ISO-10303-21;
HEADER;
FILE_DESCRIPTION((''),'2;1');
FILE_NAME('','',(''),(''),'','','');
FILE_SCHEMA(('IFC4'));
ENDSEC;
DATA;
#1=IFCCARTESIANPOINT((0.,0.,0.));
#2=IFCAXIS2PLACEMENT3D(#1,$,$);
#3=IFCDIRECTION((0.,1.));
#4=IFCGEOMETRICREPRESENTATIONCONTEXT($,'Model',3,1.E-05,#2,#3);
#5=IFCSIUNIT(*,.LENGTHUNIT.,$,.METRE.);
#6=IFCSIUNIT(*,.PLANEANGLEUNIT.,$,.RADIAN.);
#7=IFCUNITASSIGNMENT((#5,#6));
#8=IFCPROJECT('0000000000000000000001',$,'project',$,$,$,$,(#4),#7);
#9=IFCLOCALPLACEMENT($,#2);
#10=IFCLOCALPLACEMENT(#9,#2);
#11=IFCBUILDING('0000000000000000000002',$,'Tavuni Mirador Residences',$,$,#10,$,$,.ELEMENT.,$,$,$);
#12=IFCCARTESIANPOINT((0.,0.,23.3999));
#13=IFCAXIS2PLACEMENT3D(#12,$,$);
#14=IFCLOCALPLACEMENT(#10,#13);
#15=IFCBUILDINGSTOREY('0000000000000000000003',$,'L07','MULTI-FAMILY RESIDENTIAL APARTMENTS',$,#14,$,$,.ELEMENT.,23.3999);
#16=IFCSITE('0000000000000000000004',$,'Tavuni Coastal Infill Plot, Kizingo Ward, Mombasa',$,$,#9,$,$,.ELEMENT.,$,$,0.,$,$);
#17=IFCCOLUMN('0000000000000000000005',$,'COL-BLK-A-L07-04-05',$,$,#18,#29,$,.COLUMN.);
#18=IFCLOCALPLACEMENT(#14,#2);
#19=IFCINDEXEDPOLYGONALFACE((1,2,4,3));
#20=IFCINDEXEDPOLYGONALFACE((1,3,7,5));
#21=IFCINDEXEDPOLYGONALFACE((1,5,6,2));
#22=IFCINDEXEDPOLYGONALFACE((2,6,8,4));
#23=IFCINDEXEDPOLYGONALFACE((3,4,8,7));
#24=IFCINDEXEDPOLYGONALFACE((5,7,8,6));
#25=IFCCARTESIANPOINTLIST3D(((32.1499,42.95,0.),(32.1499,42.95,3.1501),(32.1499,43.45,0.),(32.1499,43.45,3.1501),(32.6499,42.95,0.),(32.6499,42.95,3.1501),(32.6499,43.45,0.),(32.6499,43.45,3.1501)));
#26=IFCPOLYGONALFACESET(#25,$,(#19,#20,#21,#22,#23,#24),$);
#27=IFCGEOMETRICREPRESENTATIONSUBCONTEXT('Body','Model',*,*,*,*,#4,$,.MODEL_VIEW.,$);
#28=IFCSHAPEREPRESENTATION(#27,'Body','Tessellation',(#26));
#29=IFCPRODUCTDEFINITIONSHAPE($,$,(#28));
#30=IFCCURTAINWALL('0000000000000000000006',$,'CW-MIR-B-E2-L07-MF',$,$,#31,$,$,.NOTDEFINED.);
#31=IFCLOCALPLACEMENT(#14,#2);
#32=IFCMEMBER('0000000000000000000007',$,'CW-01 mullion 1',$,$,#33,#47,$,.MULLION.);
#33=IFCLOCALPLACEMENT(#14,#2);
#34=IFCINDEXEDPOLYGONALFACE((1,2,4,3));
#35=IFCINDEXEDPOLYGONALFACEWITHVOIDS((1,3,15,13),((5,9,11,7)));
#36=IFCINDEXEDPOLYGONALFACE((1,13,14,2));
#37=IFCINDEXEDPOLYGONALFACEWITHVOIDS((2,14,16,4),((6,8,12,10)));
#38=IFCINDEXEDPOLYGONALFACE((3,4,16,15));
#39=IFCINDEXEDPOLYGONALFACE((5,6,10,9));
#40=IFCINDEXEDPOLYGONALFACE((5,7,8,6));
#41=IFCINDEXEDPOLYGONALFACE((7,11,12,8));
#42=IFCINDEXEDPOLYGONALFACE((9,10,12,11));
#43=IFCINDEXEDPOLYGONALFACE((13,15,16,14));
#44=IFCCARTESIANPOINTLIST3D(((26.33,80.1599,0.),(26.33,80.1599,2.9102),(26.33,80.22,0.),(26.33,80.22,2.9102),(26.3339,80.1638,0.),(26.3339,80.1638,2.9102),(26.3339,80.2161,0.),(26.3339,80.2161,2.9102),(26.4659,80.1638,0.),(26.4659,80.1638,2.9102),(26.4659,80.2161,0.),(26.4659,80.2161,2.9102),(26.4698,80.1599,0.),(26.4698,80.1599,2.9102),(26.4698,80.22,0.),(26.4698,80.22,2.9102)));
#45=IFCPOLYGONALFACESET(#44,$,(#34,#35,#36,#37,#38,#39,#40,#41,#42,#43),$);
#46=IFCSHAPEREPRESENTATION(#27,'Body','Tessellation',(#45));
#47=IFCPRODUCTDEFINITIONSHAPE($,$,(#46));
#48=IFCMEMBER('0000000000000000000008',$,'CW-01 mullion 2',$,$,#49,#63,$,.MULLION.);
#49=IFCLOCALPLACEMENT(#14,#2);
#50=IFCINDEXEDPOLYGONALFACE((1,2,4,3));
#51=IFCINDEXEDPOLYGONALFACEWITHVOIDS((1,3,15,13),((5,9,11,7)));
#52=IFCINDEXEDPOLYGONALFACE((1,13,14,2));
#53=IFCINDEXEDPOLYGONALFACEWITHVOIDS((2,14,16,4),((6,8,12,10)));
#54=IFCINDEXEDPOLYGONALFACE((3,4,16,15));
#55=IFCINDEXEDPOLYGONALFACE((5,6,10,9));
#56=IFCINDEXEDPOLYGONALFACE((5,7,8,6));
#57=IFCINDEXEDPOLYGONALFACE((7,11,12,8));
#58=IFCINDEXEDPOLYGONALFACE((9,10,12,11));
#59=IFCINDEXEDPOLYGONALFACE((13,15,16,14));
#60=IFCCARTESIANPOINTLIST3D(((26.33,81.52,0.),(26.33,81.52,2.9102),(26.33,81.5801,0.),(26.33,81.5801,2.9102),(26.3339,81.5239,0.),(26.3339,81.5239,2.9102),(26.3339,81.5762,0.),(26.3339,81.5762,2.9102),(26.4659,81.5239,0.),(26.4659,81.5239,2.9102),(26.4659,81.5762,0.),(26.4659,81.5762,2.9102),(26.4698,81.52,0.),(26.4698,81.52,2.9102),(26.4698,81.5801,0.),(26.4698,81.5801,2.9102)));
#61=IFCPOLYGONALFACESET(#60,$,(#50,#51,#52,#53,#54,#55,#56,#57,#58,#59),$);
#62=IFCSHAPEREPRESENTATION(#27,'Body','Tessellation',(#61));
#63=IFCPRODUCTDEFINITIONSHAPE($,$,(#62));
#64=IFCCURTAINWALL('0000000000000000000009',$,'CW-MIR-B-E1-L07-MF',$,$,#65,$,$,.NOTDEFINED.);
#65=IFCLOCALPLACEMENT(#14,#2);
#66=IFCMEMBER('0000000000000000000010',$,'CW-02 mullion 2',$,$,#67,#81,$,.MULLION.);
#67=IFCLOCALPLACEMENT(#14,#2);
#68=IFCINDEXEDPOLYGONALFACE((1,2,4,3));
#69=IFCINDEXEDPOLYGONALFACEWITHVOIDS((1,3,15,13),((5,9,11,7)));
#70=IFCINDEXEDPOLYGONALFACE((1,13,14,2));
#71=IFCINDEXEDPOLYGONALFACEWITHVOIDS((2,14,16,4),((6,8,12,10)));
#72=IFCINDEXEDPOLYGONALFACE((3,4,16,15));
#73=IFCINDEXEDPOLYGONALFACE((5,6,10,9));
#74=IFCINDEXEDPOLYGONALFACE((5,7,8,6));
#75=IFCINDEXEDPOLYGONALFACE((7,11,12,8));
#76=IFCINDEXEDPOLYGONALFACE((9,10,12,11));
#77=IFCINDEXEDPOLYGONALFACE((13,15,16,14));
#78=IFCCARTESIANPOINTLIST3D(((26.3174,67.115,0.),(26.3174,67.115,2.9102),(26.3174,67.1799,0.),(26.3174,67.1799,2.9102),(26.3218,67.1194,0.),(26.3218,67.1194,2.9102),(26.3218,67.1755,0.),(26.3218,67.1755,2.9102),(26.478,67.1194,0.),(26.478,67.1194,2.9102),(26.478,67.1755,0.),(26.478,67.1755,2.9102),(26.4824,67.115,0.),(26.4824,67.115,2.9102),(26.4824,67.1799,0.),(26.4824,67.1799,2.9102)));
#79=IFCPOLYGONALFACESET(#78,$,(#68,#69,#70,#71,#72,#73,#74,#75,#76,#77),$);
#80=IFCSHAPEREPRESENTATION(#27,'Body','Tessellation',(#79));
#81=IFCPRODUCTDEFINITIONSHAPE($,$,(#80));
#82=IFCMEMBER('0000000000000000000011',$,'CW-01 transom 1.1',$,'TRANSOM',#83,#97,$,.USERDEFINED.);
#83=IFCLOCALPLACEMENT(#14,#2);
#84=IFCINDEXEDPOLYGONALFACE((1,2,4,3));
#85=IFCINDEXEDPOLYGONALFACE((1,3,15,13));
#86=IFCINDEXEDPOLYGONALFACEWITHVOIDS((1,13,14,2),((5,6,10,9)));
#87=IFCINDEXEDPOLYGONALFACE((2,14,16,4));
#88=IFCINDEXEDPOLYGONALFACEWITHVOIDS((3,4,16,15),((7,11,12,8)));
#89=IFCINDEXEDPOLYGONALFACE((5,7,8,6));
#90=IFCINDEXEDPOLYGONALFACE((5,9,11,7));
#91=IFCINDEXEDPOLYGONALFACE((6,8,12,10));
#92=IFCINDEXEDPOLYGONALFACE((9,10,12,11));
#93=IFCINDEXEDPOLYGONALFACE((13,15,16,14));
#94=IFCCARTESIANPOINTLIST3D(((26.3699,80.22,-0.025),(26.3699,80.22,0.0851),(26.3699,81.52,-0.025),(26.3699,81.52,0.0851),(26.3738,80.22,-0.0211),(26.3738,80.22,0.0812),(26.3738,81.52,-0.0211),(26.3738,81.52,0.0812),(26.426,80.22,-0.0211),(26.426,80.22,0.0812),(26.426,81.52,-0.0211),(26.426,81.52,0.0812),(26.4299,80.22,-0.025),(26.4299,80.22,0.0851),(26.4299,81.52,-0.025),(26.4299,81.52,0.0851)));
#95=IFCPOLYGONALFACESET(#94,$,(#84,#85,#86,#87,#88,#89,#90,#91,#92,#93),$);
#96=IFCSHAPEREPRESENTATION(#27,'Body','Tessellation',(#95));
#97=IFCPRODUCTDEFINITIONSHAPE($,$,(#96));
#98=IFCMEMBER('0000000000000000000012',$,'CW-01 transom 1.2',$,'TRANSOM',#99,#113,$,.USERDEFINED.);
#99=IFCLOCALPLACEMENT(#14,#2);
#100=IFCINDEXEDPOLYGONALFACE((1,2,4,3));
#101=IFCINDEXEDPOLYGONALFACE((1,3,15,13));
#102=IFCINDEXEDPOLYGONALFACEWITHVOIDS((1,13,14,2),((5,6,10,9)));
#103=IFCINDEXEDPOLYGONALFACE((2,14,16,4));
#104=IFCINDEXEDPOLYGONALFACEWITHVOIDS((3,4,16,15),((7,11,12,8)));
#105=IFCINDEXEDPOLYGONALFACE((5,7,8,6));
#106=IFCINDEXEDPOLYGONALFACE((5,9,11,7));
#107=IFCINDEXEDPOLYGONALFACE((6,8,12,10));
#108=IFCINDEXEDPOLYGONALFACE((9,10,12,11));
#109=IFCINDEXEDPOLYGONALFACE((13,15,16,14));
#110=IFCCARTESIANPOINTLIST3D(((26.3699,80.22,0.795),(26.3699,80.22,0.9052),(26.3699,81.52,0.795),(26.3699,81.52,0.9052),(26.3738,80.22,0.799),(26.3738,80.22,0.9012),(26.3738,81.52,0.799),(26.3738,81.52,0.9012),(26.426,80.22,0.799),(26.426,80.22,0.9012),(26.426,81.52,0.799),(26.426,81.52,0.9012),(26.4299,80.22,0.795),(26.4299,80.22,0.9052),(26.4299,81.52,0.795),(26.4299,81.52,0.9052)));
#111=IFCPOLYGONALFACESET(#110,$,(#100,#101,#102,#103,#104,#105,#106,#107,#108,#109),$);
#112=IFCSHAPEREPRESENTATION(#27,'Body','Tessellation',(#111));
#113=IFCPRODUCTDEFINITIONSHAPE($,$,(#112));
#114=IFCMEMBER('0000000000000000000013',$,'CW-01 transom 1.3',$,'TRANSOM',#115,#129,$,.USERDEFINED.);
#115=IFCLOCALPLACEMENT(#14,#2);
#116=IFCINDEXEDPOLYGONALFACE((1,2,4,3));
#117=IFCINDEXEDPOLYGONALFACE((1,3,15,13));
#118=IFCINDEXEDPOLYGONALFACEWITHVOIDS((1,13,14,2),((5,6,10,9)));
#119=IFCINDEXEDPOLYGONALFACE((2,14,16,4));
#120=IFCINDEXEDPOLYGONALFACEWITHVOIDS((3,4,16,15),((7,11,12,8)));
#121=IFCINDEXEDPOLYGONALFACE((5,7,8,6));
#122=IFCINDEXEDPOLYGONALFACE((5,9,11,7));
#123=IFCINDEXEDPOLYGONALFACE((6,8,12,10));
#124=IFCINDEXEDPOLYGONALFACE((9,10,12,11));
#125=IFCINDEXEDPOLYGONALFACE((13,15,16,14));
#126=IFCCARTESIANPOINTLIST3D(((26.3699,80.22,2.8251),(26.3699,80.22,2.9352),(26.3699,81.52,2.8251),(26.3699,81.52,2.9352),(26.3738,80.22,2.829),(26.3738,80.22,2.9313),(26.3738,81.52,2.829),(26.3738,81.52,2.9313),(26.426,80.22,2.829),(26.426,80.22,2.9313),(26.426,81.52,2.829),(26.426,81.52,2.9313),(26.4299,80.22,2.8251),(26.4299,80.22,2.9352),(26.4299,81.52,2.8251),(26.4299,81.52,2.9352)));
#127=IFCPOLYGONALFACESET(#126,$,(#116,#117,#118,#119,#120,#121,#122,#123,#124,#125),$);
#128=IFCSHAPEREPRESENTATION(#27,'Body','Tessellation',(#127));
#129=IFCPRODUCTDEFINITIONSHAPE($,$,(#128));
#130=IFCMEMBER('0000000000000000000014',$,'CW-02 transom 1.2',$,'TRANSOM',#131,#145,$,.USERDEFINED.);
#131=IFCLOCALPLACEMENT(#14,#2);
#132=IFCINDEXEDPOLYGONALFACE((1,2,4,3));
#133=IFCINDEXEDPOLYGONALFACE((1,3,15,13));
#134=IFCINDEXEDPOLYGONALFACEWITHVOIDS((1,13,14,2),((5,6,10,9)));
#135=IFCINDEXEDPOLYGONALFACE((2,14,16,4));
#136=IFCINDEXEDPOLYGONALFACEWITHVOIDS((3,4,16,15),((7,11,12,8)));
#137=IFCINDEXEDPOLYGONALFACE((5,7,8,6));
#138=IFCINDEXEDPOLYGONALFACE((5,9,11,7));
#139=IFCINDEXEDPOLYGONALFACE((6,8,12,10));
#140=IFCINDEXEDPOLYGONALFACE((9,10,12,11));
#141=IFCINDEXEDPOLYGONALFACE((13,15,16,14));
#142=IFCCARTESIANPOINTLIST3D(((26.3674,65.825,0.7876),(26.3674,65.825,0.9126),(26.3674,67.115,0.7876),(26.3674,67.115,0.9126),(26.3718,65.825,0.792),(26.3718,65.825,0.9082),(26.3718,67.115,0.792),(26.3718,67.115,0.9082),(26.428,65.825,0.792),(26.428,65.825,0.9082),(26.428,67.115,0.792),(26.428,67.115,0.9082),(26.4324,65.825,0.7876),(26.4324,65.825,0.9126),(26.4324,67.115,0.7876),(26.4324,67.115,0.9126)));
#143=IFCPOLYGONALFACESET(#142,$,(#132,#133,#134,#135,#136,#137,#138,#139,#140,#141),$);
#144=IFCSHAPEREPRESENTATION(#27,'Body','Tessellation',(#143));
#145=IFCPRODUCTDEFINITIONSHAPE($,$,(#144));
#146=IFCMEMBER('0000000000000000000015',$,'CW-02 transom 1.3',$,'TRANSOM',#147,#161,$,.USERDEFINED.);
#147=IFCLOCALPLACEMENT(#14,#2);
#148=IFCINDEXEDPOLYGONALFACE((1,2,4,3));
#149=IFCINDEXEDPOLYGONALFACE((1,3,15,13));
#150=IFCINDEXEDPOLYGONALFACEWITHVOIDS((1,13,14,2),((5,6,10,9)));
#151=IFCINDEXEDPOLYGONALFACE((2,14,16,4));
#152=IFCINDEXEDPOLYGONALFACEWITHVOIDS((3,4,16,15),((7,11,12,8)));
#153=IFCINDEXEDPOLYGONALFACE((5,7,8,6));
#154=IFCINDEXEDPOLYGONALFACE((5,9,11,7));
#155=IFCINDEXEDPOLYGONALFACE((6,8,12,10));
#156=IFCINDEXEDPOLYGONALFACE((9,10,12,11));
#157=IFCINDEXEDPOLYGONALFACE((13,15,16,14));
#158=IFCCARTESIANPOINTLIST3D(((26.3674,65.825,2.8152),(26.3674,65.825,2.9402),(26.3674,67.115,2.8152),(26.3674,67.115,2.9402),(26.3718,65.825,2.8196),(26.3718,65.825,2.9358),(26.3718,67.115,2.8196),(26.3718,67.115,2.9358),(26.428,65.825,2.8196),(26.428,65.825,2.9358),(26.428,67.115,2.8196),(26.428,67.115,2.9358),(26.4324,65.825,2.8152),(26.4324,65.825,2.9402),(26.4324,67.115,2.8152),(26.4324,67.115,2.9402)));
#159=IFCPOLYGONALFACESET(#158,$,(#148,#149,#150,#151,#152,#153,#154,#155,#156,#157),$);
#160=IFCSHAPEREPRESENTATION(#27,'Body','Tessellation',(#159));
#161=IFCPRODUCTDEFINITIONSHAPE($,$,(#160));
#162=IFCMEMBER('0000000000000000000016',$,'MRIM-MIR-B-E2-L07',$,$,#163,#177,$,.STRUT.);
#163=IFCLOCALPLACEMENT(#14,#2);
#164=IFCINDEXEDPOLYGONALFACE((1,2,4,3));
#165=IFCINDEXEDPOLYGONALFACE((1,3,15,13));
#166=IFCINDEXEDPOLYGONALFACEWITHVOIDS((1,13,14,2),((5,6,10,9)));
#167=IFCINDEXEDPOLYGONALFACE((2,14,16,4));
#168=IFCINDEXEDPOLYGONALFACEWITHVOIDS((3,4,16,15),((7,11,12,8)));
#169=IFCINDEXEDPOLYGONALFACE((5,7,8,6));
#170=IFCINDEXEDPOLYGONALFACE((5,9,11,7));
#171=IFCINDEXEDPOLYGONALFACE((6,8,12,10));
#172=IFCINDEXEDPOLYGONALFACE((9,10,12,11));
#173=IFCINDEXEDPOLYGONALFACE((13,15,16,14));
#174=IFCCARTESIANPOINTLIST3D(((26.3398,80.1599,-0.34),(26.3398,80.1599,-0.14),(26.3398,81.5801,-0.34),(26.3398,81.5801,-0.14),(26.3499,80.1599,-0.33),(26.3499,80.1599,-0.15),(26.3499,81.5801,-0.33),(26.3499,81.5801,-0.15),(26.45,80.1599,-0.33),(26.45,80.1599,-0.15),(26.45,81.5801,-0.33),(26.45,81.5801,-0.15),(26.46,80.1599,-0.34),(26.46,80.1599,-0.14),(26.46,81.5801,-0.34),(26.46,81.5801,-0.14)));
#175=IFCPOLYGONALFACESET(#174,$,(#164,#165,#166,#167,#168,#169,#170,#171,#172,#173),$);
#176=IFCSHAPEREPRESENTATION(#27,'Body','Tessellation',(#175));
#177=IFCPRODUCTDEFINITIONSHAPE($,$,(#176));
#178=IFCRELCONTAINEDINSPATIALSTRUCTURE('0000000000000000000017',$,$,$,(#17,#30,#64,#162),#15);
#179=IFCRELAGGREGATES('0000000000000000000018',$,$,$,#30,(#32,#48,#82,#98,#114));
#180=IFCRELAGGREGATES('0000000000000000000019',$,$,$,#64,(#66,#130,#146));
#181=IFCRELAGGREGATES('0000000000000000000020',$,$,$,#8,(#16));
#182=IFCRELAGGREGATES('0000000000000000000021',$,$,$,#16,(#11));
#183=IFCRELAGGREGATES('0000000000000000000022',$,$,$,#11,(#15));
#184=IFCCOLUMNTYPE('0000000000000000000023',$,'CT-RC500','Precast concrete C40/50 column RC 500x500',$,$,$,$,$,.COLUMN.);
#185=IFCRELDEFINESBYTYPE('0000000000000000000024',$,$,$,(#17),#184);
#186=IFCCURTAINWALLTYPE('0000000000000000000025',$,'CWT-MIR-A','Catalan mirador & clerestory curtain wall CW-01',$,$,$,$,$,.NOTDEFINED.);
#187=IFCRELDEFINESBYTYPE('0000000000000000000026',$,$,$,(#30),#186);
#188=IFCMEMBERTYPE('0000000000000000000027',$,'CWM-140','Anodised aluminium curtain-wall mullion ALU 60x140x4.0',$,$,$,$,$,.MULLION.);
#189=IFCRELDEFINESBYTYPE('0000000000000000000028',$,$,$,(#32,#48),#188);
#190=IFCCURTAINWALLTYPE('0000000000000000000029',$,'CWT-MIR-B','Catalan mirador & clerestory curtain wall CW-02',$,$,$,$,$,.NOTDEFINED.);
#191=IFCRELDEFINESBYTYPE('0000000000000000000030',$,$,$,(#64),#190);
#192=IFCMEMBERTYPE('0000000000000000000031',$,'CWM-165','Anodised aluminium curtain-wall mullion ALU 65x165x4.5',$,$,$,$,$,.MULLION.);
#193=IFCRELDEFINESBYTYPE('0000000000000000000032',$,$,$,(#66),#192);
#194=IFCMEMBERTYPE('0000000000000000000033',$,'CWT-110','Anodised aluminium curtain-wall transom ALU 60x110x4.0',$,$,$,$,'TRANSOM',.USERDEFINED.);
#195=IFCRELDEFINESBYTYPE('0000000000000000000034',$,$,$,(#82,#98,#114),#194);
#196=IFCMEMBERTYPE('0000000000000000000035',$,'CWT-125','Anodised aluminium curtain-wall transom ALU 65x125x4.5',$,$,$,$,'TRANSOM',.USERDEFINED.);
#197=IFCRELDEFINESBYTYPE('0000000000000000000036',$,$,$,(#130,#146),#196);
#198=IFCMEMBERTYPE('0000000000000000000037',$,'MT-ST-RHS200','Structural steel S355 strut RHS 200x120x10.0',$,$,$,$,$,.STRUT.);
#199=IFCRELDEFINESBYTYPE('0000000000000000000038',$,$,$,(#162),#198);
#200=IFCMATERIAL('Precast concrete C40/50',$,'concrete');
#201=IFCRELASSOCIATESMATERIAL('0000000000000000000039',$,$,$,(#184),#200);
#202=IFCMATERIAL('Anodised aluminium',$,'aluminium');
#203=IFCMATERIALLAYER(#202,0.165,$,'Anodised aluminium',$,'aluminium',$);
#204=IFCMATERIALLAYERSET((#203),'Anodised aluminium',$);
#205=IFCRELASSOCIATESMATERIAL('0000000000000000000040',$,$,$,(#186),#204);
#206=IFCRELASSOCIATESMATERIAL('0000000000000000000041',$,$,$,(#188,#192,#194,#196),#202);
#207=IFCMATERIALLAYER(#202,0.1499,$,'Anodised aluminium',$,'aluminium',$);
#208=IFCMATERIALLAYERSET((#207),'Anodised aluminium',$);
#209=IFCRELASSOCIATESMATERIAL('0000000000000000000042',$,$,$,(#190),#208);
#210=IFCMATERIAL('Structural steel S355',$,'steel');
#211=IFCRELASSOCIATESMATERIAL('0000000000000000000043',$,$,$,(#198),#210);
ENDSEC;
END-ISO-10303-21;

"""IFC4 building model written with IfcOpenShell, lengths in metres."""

from ifc_helpers import new_model, si_unit, direction, frame, origin, origin_2d, place, context, subcontext, project, spatial, rectangle, hollow_rectangle, extrude, material, layer, layer_set, material_profile, profile_set, type_object, element, aggregate, save


model = new_model("IFC4")

# Units and contexts
model_context = context("Model", 3, precision=1e-05, world=origin(), true_north=direction((0.0, 1.0)))
body_context = subcontext(model_context, "Body", "Model", "MODEL_VIEW")
ifc_project = project(units=[si_unit("LENGTHUNIT", "METRE"), si_unit("PLANEANGLEUNIT", "RADIAN")], contexts=[model_context])

# Site, building, storey
site_placement = place(None, origin())
site = spatial("IfcSite", under=ifc_project, at=site_placement, Name="Tavuni Coastal Infill Plot, Kizingo Ward, Mombasa", CompositionType="ELEMENT", RefElevation=0.0)
building_placement = place(site_placement, origin())
building = spatial("IfcBuilding", under=site, at=building_placement, Name="Tavuni Mirador Residences", CompositionType="ELEMENT")
storey_placement = place(building_placement, frame((0.0, 0.0, 23.3999)))
storey = spatial("IfcBuildingStorey", under=building, at=storey_placement, Name="L07", Description="MULTI-FAMILY RESIDENTIAL APARTMENTS", CompositionType="ELEMENT", Elevation=23.3999)

# Column
ifc_material_1 = material(Name="Precast concrete C40/50", Category="concrete")
ifc_material_profile_1 = material_profile(ifc_material_1, rectangle(XDim=0.5, YDim=0.5, at=origin_2d()), Name="RC 500x500", Category="concrete")
ifc_profile_set_1 = profile_set([ifc_material_profile_1], Name="Precast concrete C40/50")
column_type = type_object("IfcColumnType", Name="CT-RC500", Description="Precast concrete C40/50 column RC 500x500", PredefinedType="COLUMN", material=ifc_profile_set_1)
column_placement = place(storey_placement, frame((32.3999, 43.2, 0.0), z_axis=(0.0, 0.0, 1.0), x_axis=(1.0, 0.0, 0.0)))
element("IfcColumn", 1, at=column_placement, inside=storey, type_object=column_type, Name="COL-BLK-A-L07-04-05", PredefinedType="COLUMN", context=body_context, shape_type="SweptSolid", body=[
    extrude(rectangle(XDim=0.5, YDim=0.5, at=origin_2d()), origin(), (0.0, 0.0, 1.0), 3.1501),
])

# Curtain wall, members
ifc_material_2 = material(Name="Anodised aluminium", Category="aluminium")
ifc_layer_1 = layer(ifc_material_2, 0.165, Name="Anodised aluminium", Category="aluminium")
ifc_layer_set_1 = layer_set([ifc_layer_1], Name="Anodised aluminium")
curtain_wall_type_1 = type_object("IfcCurtainWallType", Name="CWT-MIR-A", Description="Catalan mirador & clerestory curtain wall CW-01", PredefinedType="NOTDEFINED", material=ifc_layer_set_1)
curtain_wall_1_placement = place(storey_placement, origin())
curtain_wall_1 = element("IfcCurtainWall", 2, at=curtain_wall_1_placement, inside=storey, type_object=curtain_wall_type_1, Name="CW-MIR-B-E2-L07-MF", PredefinedType="NOTDEFINED")
ifc_material_profile_2 = material_profile(ifc_material_2, hollow_rectangle(XDim=0.0601, YDim=0.1399, WallThickness=0.0039, at=origin_2d()), Name="ALU 60x140x4.0", Category="aluminium")
ifc_profile_set_2 = profile_set([ifc_material_profile_2], Name="Anodised aluminium")
member_type_1 = type_object("IfcMemberType", Name="CWM-140", Description="Anodised aluminium curtain-wall mullion ALU 60x140x4.0", PredefinedType="MULLION", material=ifc_profile_set_2)
member_1_placement = place(storey_placement, frame((26.3999, 80.1899, 0.0), z_axis=(0.0, 0.0, 1.0), x_axis=(0.0, 1.0, 0.0)))
member_1 = element("IfcMember", 3, at=member_1_placement, type_object=member_type_1, Name="CW-01 mullion 1", PredefinedType="MULLION", context=body_context, shape_type="SweptSolid", body=[
    extrude(hollow_rectangle(XDim=0.0601, YDim=0.1399, WallThickness=0.0039, at=origin_2d()), origin(), (0.0, 0.0, 1.0), 2.9102),
])
member_2_placement = place(storey_placement, frame((26.3999, 81.55, 0.0), z_axis=(0.0, 0.0, 1.0), x_axis=(0.0, 1.0, 0.0)))
member_2 = element("IfcMember", 4, at=member_2_placement, type_object=member_type_1, Name="CW-01 mullion 2", PredefinedType="MULLION", context=body_context, shape_type="SweptSolid", body=[
    extrude(hollow_rectangle(XDim=0.0601, YDim=0.1399, WallThickness=0.0039, at=origin_2d()), origin(), (0.0, 0.0, 1.0), 2.9102),
])

# Curtain wall, member
ifc_layer_2 = layer(ifc_material_2, 0.1499, Name="Anodised aluminium", Category="aluminium")
ifc_layer_set_2 = layer_set([ifc_layer_2], Name="Anodised aluminium")
curtain_wall_type_2 = type_object("IfcCurtainWallType", Name="CWT-MIR-B", Description="Catalan mirador & clerestory curtain wall CW-02", PredefinedType="NOTDEFINED", material=ifc_layer_set_2)
curtain_wall_2_placement = place(storey_placement, origin())
curtain_wall_2 = element("IfcCurtainWall", 5, at=curtain_wall_2_placement, inside=storey, type_object=curtain_wall_type_2, Name="CW-MIR-B-E1-L07-MF", PredefinedType="NOTDEFINED")
ifc_material_profile_3 = material_profile(ifc_material_2, hollow_rectangle(XDim=0.0649, YDim=0.165, WallThickness=0.0044, at=origin_2d()), Name="ALU 65x165x4.5", Category="aluminium")
ifc_profile_set_3 = profile_set([ifc_material_profile_3], Name="Anodised aluminium")
member_type_2 = type_object("IfcMemberType", Name="CWM-165", Description="Anodised aluminium curtain-wall mullion ALU 65x165x4.5", PredefinedType="MULLION", material=ifc_profile_set_3)
member_3_placement = place(storey_placement, frame((26.3999, 67.1475, 0.0), z_axis=(0.0, 0.0, 1.0), x_axis=(0.0, 1.0, 0.0)))
member_3 = element("IfcMember", 6, at=member_3_placement, type_object=member_type_2, Name="CW-02 mullion 2", PredefinedType="MULLION", context=body_context, shape_type="SweptSolid", body=[
    extrude(hollow_rectangle(XDim=0.0649, YDim=0.165, WallThickness=0.0044, at=origin_2d()), origin(), (0.0, 0.0, 1.0), 2.9102),
])

# Members
ifc_material_profile_4 = material_profile(ifc_material_2, hollow_rectangle(XDim=0.0601, YDim=0.1101, WallThickness=0.0039, at=origin_2d()), Name="ALU 60x110x4.0", Category="aluminium")
ifc_profile_set_4 = profile_set([ifc_material_profile_4], Name="Anodised aluminium")
member_type_3 = type_object("IfcMemberType", Name="CWT-110", Description="Anodised aluminium curtain-wall transom ALU 60x110x4.0", ElementType="TRANSOM", PredefinedType="USERDEFINED", material=ifc_profile_set_4)
member_4_placement = place(storey_placement, frame((26.3999, 80.22, 0.03), z_axis=(0.0, 1.0, 0.0), x_axis=(-1.0, 0.0, 0.0)))
member_4 = element("IfcMember", 7, at=member_4_placement, type_object=member_type_3, Name="CW-01 transom 1.1", ObjectType="TRANSOM", PredefinedType="USERDEFINED", context=body_context, shape_type="SweptSolid", body=[
    extrude(hollow_rectangle(XDim=0.0601, YDim=0.1101, WallThickness=0.0039, at=origin_2d()), origin(), (0.0, 0.0, 1.0), 1.3),
])
member_5_placement = place(storey_placement, frame((26.3999, 80.22, 0.8501), z_axis=(0.0, 1.0, 0.0), x_axis=(-1.0, 0.0, 0.0)))
member_5 = element("IfcMember", 8, at=member_5_placement, type_object=member_type_3, Name="CW-01 transom 1.2", ObjectType="TRANSOM", PredefinedType="USERDEFINED", context=body_context, shape_type="SweptSolid", body=[
    extrude(hollow_rectangle(XDim=0.0601, YDim=0.1101, WallThickness=0.0039, at=origin_2d()), origin(), (0.0, 0.0, 1.0), 1.3),
])
member_6_placement = place(storey_placement, frame((26.3999, 80.22, 2.8801), z_axis=(0.0, 1.0, 0.0), x_axis=(-1.0, 0.0, 0.0)))
member_6 = element("IfcMember", 9, at=member_6_placement, type_object=member_type_3, Name="CW-01 transom 1.3", ObjectType="TRANSOM", PredefinedType="USERDEFINED", context=body_context, shape_type="SweptSolid", body=[
    extrude(hollow_rectangle(XDim=0.0601, YDim=0.1101, WallThickness=0.0039, at=origin_2d()), origin(), (0.0, 0.0, 1.0), 1.3),
])
ifc_material_profile_5 = material_profile(ifc_material_2, hollow_rectangle(XDim=0.0649, YDim=0.125, WallThickness=0.0044, at=origin_2d()), Name="ALU 65x125x4.5", Category="aluminium")
ifc_profile_set_5 = profile_set([ifc_material_profile_5], Name="Anodised aluminium")
member_type_4 = type_object("IfcMemberType", Name="CWT-125", Description="Anodised aluminium curtain-wall transom ALU 65x125x4.5", ElementType="TRANSOM", PredefinedType="USERDEFINED", material=ifc_profile_set_5)
member_7_placement = place(storey_placement, frame((26.3999, 65.825, 0.8501), z_axis=(0.0, 1.0, 0.0), x_axis=(-1.0, 0.0, 0.0)))
member_7 = element("IfcMember", 10, at=member_7_placement, type_object=member_type_4, Name="CW-02 transom 1.2", ObjectType="TRANSOM", PredefinedType="USERDEFINED", context=body_context, shape_type="SweptSolid", body=[
    extrude(hollow_rectangle(XDim=0.0649, YDim=0.125, WallThickness=0.0044, at=origin_2d()), origin(), (0.0, 0.0, 1.0), 1.29),
])
member_8_placement = place(storey_placement, frame((26.3999, 65.825, 2.8777), z_axis=(0.0, 1.0, 0.0), x_axis=(-1.0, 0.0, 0.0)))
member_8 = element("IfcMember", 11, at=member_8_placement, type_object=member_type_4, Name="CW-02 transom 1.3", ObjectType="TRANSOM", PredefinedType="USERDEFINED", context=body_context, shape_type="SweptSolid", body=[
    extrude(hollow_rectangle(XDim=0.0649, YDim=0.125, WallThickness=0.0044, at=origin_2d()), origin(), (0.0, 0.0, 1.0), 1.29),
])
ifc_material_3 = material(Name="Structural steel S355", Category="steel")
ifc_material_profile_6 = material_profile(ifc_material_3, hollow_rectangle(XDim=0.1201, YDim=0.2, WallThickness=0.01, at=origin_2d()), Name="RHS 200x120x10.0", Category="steel")
ifc_profile_set_6 = profile_set([ifc_material_profile_6], Name="Structural steel S355")
member_type_5 = type_object("IfcMemberType", Name="MT-ST-RHS200", Description="Structural steel S355 strut RHS 200x120x10.0", PredefinedType="STRUT", material=ifc_profile_set_6)
member_9_placement = place(storey_placement, frame((26.3999, 80.1599, -0.24), z_axis=(0.0, 1.0, 0.0), x_axis=(-1.0, 0.0, 0.0)))
element("IfcMember", 12, at=member_9_placement, inside=storey, type_object=member_type_5, Name="MRIM-MIR-B-E2-L07", PredefinedType="STRUT", context=body_context, shape_type="SweptSolid", body=[
    extrude(hollow_rectangle(XDim=0.1201, YDim=0.2, WallThickness=0.01, at=origin_2d()), origin(), (0.0, 0.0, 1.0), 1.4202),
])

aggregate(curtain_wall_1, [member_1, member_2, member_4, member_5, member_6])
aggregate(curtain_wall_2, [member_3, member_7, member_8])

save(model, "model.ifc")
